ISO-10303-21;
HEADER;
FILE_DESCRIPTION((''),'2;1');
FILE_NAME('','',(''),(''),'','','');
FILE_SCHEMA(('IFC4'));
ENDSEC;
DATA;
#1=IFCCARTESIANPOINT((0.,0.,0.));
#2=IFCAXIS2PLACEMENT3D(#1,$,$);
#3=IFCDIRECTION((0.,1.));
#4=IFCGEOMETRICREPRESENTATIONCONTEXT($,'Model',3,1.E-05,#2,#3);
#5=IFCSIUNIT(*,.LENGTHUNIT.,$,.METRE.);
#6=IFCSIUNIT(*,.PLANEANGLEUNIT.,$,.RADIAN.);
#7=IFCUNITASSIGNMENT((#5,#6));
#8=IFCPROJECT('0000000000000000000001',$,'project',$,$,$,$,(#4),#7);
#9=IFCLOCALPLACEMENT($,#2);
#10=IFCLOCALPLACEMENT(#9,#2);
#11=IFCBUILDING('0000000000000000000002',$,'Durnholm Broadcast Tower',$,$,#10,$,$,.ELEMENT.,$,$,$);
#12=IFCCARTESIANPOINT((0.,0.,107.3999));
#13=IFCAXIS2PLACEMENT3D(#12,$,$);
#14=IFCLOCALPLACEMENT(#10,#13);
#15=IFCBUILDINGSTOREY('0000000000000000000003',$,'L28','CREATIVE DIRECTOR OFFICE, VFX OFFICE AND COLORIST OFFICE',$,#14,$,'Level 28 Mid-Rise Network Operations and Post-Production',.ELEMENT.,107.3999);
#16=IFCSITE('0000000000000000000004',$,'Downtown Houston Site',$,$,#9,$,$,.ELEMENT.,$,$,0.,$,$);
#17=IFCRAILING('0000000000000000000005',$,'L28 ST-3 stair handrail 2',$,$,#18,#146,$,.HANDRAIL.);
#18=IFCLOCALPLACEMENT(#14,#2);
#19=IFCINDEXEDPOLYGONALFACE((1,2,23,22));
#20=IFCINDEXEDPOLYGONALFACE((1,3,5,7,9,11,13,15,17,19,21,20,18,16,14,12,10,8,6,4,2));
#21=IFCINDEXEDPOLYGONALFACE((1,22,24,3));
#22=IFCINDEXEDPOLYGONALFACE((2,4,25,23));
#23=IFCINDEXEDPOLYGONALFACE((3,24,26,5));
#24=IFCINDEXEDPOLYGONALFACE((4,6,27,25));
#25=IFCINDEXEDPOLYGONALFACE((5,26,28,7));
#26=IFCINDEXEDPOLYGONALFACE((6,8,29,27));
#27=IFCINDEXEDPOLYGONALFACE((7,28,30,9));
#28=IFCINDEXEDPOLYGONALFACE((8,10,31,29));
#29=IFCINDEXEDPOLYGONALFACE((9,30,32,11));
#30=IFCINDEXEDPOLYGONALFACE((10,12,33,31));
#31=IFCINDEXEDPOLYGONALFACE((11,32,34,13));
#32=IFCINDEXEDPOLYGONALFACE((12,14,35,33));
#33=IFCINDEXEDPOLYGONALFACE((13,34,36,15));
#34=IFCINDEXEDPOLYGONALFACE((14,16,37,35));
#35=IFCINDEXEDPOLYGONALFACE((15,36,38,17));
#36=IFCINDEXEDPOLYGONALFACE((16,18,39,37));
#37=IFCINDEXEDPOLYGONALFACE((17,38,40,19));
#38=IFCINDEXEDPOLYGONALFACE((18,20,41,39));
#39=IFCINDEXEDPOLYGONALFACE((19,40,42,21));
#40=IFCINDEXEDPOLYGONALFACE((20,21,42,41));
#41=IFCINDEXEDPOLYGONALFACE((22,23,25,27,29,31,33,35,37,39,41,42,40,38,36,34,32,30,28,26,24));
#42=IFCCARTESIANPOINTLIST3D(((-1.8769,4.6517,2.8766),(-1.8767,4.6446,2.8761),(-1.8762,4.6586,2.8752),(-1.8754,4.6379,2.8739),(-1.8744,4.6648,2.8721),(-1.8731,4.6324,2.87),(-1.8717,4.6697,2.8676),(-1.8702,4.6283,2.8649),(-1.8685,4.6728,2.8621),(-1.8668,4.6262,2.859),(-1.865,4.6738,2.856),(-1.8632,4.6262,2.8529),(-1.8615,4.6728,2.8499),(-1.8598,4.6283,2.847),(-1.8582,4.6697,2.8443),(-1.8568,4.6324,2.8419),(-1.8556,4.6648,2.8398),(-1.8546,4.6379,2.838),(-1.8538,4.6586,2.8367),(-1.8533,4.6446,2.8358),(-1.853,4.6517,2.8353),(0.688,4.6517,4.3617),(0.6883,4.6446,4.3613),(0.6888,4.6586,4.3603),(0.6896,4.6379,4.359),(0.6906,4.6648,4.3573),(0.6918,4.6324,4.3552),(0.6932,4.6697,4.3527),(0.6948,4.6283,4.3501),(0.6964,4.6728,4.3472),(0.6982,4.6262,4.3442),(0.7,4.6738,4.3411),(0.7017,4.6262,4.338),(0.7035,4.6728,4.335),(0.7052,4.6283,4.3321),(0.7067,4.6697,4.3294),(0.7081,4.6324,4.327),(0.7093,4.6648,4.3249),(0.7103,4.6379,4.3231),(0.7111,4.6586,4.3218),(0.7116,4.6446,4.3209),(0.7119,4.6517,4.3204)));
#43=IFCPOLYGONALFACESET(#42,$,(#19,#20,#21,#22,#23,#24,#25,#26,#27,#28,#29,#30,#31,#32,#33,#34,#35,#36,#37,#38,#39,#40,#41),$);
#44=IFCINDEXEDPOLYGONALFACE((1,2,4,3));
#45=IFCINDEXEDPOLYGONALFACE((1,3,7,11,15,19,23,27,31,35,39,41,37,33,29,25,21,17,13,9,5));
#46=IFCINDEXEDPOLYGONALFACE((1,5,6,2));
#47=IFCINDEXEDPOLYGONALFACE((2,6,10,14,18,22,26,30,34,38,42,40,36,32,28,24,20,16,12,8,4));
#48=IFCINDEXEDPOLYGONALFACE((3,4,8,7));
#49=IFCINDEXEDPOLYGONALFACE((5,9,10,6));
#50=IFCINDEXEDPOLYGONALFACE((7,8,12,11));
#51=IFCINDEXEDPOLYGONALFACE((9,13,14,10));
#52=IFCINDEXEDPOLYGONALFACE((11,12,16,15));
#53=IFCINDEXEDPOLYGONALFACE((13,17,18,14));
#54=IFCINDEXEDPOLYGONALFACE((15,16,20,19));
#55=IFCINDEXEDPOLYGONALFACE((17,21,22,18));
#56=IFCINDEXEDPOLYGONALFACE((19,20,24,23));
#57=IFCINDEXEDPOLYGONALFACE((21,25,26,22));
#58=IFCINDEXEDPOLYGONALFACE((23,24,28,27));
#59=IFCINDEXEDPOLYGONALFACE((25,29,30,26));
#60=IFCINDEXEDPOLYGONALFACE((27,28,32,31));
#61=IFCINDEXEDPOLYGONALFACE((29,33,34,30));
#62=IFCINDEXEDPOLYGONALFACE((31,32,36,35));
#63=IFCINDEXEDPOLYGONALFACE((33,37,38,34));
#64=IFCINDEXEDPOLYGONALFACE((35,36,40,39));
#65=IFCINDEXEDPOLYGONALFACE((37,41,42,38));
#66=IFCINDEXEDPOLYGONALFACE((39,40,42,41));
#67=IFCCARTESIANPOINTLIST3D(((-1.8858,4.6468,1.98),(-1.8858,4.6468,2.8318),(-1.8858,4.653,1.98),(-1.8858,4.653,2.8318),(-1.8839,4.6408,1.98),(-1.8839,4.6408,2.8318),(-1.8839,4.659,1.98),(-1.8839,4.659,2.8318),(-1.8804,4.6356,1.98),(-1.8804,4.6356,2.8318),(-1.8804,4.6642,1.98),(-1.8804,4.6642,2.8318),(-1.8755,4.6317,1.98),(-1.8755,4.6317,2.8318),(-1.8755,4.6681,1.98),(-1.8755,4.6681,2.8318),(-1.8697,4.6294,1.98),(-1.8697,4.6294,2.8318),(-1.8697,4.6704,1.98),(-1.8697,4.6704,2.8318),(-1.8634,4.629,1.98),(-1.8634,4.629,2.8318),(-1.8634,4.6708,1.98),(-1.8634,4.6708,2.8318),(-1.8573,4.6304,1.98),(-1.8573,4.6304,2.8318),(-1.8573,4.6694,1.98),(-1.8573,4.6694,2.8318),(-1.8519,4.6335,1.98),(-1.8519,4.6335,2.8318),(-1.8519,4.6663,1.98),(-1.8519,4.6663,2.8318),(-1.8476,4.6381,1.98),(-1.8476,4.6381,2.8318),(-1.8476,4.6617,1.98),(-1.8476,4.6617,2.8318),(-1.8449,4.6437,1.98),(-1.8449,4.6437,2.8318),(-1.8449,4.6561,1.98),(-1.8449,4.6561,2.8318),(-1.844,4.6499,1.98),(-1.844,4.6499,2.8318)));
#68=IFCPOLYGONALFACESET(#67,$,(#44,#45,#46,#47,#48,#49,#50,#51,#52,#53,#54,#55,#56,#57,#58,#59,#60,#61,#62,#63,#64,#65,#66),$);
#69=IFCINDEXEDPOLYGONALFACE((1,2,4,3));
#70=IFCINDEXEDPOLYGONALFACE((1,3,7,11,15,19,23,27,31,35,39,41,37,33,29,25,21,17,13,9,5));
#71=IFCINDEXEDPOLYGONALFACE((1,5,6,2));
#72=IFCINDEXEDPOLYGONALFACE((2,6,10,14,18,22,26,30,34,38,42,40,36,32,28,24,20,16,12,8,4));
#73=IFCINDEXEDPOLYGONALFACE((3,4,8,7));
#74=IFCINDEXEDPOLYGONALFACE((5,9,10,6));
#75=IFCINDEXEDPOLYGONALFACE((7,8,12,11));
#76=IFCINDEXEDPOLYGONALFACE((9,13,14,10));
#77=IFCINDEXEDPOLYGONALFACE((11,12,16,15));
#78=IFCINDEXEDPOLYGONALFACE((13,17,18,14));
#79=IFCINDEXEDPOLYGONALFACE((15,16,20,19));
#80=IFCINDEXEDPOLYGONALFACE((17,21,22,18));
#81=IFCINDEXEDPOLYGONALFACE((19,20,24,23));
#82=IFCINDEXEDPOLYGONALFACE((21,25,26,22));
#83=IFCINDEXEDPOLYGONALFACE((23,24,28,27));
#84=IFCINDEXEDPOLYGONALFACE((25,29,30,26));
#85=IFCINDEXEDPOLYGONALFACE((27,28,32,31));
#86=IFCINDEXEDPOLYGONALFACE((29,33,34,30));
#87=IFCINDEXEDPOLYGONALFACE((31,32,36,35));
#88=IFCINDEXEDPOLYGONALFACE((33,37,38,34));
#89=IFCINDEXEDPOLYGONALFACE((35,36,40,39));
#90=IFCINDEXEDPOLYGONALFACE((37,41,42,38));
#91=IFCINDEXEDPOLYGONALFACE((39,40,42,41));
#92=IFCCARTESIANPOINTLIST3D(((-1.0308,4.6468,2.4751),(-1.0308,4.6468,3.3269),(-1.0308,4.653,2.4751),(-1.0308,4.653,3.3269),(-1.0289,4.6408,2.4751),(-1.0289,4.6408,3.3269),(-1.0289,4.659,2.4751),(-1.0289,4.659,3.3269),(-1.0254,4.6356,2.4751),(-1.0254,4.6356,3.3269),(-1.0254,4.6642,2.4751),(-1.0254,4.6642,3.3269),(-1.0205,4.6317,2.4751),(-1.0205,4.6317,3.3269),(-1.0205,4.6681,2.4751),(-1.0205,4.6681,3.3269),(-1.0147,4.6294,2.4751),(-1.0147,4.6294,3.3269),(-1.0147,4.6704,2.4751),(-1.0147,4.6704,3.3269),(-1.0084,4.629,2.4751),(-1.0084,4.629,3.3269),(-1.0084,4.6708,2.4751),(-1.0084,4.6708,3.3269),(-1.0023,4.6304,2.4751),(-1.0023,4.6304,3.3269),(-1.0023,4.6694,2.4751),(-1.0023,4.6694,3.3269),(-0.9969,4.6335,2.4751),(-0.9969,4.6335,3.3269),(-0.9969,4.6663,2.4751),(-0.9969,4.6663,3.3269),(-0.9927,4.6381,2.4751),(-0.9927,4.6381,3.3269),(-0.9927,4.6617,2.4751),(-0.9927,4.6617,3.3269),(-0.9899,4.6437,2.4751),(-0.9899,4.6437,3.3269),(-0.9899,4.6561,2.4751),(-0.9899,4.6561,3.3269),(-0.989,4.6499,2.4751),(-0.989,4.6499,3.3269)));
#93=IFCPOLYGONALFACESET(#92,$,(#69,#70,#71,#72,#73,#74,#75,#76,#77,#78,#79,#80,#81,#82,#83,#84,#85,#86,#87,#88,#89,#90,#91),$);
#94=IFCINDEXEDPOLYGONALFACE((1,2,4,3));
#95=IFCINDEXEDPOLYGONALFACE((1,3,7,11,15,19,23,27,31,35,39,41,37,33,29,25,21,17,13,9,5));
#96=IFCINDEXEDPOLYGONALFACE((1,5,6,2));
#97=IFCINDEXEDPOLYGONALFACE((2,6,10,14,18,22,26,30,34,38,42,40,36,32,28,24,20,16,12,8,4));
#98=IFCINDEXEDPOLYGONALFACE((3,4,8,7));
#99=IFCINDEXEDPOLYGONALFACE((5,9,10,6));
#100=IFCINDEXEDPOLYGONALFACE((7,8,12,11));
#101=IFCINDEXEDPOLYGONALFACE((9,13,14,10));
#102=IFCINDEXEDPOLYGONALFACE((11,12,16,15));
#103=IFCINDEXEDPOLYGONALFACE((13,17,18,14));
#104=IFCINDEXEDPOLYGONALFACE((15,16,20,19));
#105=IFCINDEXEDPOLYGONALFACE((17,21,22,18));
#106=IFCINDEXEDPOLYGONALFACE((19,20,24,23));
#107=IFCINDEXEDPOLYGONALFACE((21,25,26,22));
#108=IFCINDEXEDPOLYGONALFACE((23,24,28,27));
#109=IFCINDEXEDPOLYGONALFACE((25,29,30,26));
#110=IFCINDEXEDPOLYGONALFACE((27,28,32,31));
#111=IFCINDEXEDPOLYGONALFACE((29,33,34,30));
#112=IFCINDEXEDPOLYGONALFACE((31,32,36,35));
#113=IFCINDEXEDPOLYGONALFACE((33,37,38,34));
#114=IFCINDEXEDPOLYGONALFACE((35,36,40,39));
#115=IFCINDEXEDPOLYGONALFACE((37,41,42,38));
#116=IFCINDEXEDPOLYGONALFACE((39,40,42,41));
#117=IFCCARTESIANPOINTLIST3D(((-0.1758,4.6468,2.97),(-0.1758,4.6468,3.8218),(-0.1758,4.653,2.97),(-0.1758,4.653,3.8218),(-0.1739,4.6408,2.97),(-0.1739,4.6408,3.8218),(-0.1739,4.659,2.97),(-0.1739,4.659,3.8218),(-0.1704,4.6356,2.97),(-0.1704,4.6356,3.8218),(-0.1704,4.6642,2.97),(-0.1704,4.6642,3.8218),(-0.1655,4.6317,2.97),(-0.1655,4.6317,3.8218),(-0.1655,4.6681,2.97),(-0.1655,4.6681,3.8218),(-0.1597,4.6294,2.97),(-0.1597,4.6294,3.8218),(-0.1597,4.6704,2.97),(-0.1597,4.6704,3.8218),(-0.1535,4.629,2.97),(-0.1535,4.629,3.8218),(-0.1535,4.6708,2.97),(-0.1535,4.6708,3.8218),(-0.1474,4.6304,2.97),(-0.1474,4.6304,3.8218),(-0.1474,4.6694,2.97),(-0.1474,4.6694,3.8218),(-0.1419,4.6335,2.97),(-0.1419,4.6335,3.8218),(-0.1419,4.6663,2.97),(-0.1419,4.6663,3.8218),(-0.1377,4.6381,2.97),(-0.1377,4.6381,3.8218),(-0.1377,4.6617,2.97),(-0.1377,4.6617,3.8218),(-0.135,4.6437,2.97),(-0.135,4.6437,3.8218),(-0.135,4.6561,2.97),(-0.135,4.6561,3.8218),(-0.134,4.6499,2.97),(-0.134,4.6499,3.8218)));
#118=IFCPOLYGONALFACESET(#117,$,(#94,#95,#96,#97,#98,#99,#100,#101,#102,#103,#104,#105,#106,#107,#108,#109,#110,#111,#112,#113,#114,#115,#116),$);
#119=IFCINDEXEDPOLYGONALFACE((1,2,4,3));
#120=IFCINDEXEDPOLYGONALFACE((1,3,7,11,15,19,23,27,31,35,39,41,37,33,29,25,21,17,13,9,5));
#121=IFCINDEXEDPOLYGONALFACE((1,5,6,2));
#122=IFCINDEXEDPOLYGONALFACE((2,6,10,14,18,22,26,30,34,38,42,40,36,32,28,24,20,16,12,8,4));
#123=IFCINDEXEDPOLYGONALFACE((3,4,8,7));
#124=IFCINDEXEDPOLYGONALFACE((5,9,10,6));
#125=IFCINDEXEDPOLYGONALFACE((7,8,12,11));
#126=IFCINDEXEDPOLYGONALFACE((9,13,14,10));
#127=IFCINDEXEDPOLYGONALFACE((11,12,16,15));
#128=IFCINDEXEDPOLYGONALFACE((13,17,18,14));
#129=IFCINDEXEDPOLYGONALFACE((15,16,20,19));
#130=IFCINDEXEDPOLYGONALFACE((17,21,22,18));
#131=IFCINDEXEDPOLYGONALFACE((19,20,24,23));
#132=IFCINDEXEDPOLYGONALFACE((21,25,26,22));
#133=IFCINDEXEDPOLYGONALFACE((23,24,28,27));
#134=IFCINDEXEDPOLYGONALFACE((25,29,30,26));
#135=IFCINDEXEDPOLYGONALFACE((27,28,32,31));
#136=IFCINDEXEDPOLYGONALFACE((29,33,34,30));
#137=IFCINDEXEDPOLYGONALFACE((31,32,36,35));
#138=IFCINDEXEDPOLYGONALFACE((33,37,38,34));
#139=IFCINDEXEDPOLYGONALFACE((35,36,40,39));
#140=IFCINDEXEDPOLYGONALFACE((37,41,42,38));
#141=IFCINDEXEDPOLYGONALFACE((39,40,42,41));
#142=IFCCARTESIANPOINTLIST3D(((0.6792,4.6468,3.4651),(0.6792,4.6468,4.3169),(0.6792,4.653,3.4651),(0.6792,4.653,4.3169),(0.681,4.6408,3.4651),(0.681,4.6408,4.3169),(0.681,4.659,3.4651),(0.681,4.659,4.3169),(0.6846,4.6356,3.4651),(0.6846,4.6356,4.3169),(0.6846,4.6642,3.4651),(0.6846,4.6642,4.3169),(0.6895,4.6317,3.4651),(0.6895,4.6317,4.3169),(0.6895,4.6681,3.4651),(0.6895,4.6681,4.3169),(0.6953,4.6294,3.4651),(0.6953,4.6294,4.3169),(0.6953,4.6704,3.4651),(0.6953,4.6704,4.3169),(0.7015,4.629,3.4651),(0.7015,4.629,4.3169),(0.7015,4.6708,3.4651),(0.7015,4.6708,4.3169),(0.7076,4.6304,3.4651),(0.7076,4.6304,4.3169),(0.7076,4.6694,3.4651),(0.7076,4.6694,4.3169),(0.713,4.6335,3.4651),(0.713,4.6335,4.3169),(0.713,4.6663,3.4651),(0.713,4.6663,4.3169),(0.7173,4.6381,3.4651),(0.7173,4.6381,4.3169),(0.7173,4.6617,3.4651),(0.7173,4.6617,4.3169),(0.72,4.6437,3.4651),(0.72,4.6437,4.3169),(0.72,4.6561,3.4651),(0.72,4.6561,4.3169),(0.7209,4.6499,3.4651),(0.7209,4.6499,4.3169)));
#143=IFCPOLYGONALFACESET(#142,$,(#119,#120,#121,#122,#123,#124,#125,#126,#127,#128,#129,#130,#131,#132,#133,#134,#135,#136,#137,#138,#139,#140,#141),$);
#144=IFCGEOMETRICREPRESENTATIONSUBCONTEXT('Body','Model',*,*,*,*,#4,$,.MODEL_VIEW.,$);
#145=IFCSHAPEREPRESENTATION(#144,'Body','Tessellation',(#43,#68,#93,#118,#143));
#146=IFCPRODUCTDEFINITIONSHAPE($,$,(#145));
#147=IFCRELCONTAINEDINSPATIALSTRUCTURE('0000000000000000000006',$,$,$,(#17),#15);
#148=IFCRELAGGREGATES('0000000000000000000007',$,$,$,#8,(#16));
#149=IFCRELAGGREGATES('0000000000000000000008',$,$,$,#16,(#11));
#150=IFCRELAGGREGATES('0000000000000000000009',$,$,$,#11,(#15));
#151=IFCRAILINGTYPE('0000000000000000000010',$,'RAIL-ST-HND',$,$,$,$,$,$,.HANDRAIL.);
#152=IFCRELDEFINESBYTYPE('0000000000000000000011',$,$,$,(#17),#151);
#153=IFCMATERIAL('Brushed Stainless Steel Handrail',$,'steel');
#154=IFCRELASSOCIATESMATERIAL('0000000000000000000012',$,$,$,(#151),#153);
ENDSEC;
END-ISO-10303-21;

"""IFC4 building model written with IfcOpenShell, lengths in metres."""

from ifc_helpers import new_model, si_unit, direction, frame, origin, origin_2d, place, context, subcontext, project, spatial, circle, extrude, material, type_object, element, save


model = new_model("IFC4")

# Units and contexts
model_context = context("Model", 3, precision=1e-05, world=origin(), true_north=direction((0.0, 1.0)))
body_context = subcontext(model_context, "Body", "Model", "MODEL_VIEW")
ifc_project = project(units=[si_unit("LENGTHUNIT", "METRE"), si_unit("PLANEANGLEUNIT", "RADIAN")], contexts=[model_context])

# Site, building, storey
site_placement = place(None, origin())
site = spatial("IfcSite", under=ifc_project, at=site_placement, Name="Downtown Houston Site", CompositionType="ELEMENT", RefElevation=0.0)
building_placement = place(site_placement, origin())
building = spatial("IfcBuilding", under=site, at=building_placement, Name="Durnholm Broadcast Tower", CompositionType="ELEMENT")
storey_placement = place(building_placement, frame((0.0, 0.0, 107.3999)))
storey = spatial("IfcBuildingStorey", under=building, at=storey_placement, Name="L28", Description="CREATIVE DIRECTOR OFFICE, VFX OFFICE AND COLORIST OFFICE", LongName="Level 28 Mid-Rise Network Operations and Post-Production", CompositionType="ELEMENT", Elevation=107.3999)

# Railing
ifc_material_1 = material(Name="Brushed Stainless Steel Handrail", Category="steel")
railing_type_1 = type_object("IfcRailingType", Name="RAIL-ST-HND", PredefinedType="HANDRAIL", material=ifc_material_1)
railing_1_placement = place(storey_placement, frame((-1.865, 4.6499, 1.98)))
element("IfcRailing", 1, at=railing_1_placement, inside=storey, type_object=railing_type_1, Name="L28 ST-3 stair handrail 2", PredefinedType="HANDRAIL", context=body_context, shape_type="SweptSolid", body=[
    extrude(circle(Radius=0.0239, at=origin_2d()), frame((0.0, 0.0, 0.876), z_axis=(0.865406, 0.0, 0.501072), x_axis=(0.0, 1.0, 0.0)), (0.0, 0.0, 1.0), 2.9639),
    extrude(circle(Radius=0.021, at=origin_2d()), origin(), (0.0, 0.0, 1.0), 0.8518),
    extrude(circle(Radius=0.021, at=origin_2d()), frame((0.855, 0.0, 0.4951)), (0.0, 0.0, 1.0), 0.8518),
    extrude(circle(Radius=0.021, at=origin_2d()), frame((1.71, 0.0, 0.99)), (0.0, 0.0, 1.0), 0.8518),
    extrude(circle(Radius=0.021, at=origin_2d()), frame((2.5649, 0.0, 1.4851)), (0.0, 0.0, 1.0), 0.8518),
])

save(model, "model.ifc")
